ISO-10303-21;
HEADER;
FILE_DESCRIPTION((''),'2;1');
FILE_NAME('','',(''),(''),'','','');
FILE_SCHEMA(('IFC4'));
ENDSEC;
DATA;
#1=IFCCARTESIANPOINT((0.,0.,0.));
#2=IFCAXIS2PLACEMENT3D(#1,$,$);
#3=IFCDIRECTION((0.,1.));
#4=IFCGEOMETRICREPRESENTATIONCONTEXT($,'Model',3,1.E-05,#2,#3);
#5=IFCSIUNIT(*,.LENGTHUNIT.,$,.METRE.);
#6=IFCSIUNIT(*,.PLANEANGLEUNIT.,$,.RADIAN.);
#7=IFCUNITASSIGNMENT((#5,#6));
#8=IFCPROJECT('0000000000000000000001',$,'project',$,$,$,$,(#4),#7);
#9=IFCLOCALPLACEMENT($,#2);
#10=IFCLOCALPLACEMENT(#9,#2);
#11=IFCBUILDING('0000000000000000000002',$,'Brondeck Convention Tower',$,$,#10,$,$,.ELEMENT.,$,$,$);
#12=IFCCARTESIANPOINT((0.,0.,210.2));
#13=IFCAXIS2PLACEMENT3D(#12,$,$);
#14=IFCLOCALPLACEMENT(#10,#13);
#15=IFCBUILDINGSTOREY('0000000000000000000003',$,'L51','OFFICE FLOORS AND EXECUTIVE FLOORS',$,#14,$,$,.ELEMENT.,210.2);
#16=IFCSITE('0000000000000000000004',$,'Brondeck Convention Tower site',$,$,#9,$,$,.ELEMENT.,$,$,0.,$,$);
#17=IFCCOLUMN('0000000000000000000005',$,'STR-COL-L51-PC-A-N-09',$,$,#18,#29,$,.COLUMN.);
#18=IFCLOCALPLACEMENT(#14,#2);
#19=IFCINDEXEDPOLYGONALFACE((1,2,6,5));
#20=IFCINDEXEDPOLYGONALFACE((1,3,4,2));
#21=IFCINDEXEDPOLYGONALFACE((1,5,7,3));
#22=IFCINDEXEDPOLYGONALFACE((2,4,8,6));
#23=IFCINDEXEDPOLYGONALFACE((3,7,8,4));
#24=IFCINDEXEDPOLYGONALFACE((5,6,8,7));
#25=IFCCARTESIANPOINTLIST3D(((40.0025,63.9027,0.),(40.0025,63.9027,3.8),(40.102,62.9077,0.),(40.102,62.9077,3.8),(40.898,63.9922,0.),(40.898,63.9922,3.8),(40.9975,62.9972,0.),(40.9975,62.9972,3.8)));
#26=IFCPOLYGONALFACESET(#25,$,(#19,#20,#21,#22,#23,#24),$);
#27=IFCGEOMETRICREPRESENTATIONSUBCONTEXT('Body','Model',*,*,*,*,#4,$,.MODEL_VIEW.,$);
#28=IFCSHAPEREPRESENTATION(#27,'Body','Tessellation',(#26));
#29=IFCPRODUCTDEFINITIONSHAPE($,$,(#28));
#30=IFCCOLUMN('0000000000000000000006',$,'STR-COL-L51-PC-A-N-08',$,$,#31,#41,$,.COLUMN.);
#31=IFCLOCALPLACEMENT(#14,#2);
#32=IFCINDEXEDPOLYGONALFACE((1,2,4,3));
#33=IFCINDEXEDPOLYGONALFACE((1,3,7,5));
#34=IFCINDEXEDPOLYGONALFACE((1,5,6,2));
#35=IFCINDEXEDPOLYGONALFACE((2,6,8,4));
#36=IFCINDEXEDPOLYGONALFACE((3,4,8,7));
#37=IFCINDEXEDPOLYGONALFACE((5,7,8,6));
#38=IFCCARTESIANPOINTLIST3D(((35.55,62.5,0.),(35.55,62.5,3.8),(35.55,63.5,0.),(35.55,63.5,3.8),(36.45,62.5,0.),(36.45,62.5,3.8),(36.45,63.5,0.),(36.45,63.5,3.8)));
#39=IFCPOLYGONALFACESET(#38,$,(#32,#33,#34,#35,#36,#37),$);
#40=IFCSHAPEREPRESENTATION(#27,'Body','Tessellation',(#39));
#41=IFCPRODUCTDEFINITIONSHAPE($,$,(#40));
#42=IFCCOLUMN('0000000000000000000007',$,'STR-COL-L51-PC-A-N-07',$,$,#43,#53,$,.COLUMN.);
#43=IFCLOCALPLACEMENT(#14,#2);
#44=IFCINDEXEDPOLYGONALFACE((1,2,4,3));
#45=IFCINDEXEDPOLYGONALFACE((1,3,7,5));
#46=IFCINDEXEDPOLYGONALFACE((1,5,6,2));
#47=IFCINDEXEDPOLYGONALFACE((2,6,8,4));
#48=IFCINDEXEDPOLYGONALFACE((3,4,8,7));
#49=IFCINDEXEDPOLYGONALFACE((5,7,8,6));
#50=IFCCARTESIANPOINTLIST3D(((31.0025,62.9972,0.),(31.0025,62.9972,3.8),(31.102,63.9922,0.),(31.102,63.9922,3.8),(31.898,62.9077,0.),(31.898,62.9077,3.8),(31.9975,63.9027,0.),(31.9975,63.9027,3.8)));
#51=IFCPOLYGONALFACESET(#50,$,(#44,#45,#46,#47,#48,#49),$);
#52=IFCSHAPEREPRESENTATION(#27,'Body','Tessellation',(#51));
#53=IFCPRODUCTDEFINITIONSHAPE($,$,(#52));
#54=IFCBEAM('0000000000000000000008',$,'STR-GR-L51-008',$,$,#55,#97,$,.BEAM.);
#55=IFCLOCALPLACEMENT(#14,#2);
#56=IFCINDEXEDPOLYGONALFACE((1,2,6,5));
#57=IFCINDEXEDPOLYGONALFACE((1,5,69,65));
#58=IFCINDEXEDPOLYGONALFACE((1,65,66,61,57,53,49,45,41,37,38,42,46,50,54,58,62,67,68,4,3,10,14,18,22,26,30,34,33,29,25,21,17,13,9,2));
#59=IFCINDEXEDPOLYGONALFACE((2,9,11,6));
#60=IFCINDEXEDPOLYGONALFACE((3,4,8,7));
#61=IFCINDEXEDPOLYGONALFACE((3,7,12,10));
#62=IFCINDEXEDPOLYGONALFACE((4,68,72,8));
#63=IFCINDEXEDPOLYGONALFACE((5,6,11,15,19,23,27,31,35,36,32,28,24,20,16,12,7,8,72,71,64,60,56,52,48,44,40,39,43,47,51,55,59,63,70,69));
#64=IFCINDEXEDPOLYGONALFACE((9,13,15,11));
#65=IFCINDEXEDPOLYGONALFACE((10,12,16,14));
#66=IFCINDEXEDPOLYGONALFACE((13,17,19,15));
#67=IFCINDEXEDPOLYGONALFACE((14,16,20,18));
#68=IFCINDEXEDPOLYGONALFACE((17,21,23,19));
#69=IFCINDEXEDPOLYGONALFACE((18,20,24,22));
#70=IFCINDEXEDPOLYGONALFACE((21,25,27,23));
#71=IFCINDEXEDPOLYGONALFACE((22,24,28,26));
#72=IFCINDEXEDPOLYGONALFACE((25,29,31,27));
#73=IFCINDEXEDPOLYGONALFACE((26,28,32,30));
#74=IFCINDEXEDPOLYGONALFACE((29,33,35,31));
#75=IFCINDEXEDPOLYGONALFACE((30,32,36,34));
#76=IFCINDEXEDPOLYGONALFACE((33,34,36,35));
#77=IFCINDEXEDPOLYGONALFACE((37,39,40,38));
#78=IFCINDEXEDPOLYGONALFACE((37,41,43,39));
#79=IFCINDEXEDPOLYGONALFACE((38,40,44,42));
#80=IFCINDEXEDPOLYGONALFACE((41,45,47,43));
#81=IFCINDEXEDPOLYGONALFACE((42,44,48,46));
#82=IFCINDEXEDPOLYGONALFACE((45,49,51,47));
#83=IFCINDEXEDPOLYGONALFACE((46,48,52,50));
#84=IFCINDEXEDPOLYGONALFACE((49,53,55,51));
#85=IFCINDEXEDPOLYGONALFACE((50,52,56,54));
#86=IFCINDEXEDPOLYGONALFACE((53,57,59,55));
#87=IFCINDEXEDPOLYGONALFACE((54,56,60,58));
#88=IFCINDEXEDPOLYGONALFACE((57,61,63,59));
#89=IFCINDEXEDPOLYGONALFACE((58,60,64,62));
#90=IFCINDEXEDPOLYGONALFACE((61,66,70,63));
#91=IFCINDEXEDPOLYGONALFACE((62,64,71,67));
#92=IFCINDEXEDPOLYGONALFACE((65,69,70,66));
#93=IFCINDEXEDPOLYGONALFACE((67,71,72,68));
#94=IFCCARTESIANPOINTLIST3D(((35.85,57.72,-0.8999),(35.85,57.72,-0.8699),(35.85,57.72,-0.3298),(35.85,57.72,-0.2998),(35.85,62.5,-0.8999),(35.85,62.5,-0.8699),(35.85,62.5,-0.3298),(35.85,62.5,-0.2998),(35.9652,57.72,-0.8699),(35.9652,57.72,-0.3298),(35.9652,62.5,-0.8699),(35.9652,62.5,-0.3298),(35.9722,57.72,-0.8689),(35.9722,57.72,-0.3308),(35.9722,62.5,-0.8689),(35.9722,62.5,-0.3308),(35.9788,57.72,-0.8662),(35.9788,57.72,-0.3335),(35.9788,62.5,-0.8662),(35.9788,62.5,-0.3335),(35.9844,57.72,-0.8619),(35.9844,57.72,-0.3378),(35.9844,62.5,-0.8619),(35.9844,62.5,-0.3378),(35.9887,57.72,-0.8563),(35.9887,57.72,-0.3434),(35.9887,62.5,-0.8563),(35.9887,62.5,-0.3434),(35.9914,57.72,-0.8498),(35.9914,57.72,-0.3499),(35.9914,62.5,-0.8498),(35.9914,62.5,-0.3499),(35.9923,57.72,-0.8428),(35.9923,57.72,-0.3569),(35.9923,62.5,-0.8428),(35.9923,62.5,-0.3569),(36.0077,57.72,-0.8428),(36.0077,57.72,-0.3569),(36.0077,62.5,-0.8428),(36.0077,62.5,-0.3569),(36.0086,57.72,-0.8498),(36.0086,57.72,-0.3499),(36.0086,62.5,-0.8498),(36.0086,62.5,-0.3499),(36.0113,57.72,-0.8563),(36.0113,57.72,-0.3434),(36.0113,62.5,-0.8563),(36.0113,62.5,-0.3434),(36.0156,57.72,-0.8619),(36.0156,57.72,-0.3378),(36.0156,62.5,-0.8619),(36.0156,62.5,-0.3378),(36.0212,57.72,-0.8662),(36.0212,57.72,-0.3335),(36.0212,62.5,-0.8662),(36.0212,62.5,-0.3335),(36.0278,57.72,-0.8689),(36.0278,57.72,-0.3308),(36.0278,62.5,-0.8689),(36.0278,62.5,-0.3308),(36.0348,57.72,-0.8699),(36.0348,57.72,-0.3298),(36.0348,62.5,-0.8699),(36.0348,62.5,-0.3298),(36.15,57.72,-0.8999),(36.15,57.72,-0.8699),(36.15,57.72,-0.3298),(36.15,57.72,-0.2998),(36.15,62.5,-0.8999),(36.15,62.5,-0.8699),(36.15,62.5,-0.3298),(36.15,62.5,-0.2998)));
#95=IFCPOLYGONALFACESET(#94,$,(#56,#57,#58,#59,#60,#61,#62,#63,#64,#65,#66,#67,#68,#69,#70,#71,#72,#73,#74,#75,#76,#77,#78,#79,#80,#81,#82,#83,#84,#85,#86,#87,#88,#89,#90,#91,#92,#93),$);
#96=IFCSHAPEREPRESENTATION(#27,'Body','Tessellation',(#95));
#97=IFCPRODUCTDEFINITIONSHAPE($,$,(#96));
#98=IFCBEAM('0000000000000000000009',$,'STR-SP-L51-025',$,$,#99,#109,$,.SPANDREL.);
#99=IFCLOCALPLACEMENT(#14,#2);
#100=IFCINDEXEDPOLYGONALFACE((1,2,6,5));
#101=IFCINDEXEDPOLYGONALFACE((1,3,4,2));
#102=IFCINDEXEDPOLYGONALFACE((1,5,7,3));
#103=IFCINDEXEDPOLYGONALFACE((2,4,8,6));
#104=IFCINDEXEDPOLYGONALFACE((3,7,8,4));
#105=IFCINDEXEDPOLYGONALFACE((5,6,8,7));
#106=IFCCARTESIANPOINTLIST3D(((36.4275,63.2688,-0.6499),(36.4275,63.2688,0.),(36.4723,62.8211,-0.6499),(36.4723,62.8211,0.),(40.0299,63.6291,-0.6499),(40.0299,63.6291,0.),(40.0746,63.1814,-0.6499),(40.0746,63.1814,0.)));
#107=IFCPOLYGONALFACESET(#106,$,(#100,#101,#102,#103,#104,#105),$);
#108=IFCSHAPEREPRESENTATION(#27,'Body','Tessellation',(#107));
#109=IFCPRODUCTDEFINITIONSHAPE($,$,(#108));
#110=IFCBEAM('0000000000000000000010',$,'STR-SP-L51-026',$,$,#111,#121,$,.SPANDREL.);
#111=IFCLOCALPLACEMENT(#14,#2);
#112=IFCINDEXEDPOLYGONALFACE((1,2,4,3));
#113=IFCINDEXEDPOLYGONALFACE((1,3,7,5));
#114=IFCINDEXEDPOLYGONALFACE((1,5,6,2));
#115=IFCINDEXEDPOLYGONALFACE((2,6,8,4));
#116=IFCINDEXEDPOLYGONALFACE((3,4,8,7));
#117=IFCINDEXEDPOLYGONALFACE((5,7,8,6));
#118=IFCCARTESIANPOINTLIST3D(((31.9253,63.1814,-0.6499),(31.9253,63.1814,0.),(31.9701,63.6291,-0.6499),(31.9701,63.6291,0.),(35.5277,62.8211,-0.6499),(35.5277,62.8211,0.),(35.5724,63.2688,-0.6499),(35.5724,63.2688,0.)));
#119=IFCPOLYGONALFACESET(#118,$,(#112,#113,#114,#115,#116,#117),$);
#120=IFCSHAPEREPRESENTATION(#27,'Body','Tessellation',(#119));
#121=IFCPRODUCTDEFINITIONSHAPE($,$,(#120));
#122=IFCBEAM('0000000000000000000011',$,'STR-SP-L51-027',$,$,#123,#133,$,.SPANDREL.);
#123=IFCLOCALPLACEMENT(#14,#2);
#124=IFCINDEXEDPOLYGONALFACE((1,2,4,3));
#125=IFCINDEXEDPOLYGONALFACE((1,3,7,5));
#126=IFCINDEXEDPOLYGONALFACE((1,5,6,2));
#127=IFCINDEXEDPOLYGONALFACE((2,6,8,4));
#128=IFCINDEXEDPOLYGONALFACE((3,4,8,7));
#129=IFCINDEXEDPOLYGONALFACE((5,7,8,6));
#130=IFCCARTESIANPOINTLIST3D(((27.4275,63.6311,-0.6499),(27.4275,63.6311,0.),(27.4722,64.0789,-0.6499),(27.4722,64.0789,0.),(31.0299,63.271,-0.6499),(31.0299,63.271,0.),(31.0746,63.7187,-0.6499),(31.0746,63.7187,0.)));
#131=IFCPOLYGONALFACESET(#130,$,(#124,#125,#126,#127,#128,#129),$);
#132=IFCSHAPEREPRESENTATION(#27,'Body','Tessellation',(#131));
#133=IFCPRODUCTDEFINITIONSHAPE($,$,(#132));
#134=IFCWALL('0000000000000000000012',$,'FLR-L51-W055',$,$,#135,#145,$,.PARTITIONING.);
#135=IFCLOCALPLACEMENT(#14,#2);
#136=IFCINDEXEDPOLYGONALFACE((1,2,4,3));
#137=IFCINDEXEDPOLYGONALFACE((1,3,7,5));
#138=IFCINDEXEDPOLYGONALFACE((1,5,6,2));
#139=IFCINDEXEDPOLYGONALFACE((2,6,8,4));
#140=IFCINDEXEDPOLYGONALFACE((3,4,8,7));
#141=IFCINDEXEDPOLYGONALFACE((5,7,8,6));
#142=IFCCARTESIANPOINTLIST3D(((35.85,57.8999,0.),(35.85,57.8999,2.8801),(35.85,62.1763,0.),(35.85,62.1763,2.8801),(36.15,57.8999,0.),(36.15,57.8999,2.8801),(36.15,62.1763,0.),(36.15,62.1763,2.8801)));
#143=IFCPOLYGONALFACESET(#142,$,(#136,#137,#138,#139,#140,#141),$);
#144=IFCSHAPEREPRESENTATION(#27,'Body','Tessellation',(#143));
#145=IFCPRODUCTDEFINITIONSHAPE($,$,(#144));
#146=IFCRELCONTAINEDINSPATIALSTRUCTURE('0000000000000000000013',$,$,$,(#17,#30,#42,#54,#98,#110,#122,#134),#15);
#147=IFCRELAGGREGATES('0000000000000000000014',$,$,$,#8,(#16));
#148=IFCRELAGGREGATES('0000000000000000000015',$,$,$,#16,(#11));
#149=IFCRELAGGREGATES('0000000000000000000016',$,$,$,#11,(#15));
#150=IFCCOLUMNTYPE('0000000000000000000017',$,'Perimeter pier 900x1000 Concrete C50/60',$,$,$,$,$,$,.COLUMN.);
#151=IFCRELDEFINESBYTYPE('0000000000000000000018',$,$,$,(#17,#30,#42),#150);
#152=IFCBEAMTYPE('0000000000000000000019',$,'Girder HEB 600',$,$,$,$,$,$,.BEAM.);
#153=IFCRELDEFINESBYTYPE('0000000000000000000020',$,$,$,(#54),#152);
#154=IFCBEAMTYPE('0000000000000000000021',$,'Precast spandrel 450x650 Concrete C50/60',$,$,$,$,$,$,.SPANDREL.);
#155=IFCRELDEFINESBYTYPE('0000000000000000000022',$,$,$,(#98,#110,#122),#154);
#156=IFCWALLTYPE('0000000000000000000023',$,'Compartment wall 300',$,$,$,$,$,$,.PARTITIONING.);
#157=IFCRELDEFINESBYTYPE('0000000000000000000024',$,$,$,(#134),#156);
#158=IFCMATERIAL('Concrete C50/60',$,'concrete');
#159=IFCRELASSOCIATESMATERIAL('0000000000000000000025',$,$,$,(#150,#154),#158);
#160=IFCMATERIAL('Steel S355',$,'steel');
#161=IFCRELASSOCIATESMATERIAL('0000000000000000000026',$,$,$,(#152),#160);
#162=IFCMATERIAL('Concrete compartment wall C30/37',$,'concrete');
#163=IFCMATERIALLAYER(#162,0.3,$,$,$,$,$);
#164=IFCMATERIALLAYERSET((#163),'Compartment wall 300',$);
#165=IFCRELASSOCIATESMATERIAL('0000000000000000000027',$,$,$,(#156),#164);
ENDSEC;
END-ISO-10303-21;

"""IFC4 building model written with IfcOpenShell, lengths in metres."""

from ifc_helpers import new_model, si_unit, direction, frame, frame_2d, origin, origin_2d, place, context, subcontext, project, spatial, rectangle, i_section, extrude, material, layer, layer_set, material_profile, profile_set, type_object, element, save


model = new_model("IFC4")

# Units and contexts
model_context = context("Model", 3, precision=1e-05, world=origin(), true_north=direction((0.0, 1.0)))
body_context = subcontext(model_context, "Body", "Model", "MODEL_VIEW")
ifc_project = project(units=[si_unit("LENGTHUNIT", "METRE"), si_unit("PLANEANGLEUNIT", "RADIAN")], contexts=[model_context])

# Site, building, storey
site_placement = place(None, origin())
site = spatial("IfcSite", under=ifc_project, at=site_placement, Name="Brondeck Convention Tower site", CompositionType="ELEMENT", RefElevation=0.0)
building_placement = place(site_placement, origin())
building = spatial("IfcBuilding", under=site, at=building_placement, Name="Brondeck Convention Tower", CompositionType="ELEMENT")
storey_placement = place(building_placement, frame((0.0, 0.0, 210.2)))
storey = spatial("IfcBuildingStorey", under=building, at=storey_placement, Name="L51", Description="OFFICE FLOORS AND EXECUTIVE FLOORS", CompositionType="ELEMENT", Elevation=210.2)

# Columns
ifc_material_1 = material(Name="Concrete C50/60", Category="concrete")
ifc_material_profile_1 = material_profile(ifc_material_1, rectangle(XDim=0.8999, YDim=1.0, at=origin_2d()), Name="Perimeter pier 900x1000 Concrete C50/60")
ifc_profile_set_1 = profile_set([ifc_material_profile_1], Name="Concrete C50/60")
column_type = type_object("IfcColumnType", Name="Perimeter pier 900x1000 Concrete C50/60", PredefinedType="COLUMN", material=ifc_profile_set_1)
for number, where, z_axis, x_axis, name in (
    (1, (40.5, 63.45, 0.0), (0.0, 0.0, 1.0), (-0.995037, -0.099504, 0.0), "STR-COL-L51-PC-A-N-09"),
    (2, (36.0, 63.0, 0.0), (0.0, 0.0, 1.0), (-1.0, 0.0, 0.0), "STR-COL-L51-PC-A-N-08"),
    (3, (31.5, 63.45, 0.0), (0.0, 0.0, 1.0), (-0.995037, 0.099504, 0.0), "STR-COL-L51-PC-A-N-07"),
):
    element("IfcColumn", number, at=place(storey_placement, frame(where, z_axis=z_axis, x_axis=x_axis)), inside=storey, type_object=column_type, Name=name, PredefinedType="COLUMN", context=body_context, shape_type="SweptSolid", body=[
        extrude(rectangle(XDim=0.8999, YDim=1.0, at=origin_2d()), origin(), (0.0, 0.0, 1.0), 3.8),
    ])

# Beams
ifc_material_2 = material(Name="Steel S355", Category="steel")
ifc_material_profile_2 = material_profile(ifc_material_2, i_section(OverallWidth=0.3, OverallDepth=0.6001, WebThickness=0.0154, FlangeThickness=0.03, FilletRadius=0.0271, at=origin_2d()), Name="HEB 600")
ifc_profile_set_2 = profile_set([ifc_material_profile_2], Name="Steel S355")
beam_type_1 = type_object("IfcBeamType", Name="Girder HEB 600", PredefinedType="BEAM", material=ifc_profile_set_2)
beam_placement = place(storey_placement, frame((36.0, 57.72, -0.5999), z_axis=(0.0, 1.0, 0.0), x_axis=(-1.0, 0.0, 0.0)))
element("IfcBeam", 4, at=beam_placement, inside=storey, type_object=beam_type_1, Name="STR-GR-L51-008", PredefinedType="BEAM", context=body_context, shape_type="SweptSolid", body=[
    extrude(i_section(OverallWidth=0.3, OverallDepth=0.6001, WebThickness=0.0154, FlangeThickness=0.03, FilletRadius=0.0271, at=origin_2d()), origin(), (0.0, 0.0, 1.0), 4.78),
])
ifc_material_profile_3 = material_profile(ifc_material_1, rectangle(XDim=0.45, YDim=0.6499, at=origin_2d()), Name="Precast spandrel 450x650 Concrete C50/60")
ifc_profile_set_3 = profile_set([ifc_material_profile_3], Name="Concrete C50/60")
beam_type_2 = type_object("IfcBeamType", Name="Precast spandrel 450x650 Concrete C50/60", PredefinedType="SPANDREL", material=ifc_profile_set_3)
for number, where, z_axis, x_axis, name in (
    (5, (40.0522, 63.4053, -0.325), (-0.995034, -0.099537, 0.0), (0.099537, -0.995034, 0.0), "STR-SP-L51-025"),
    (6, (35.55, 63.0449, -0.325), (-0.995034, 0.099537, 0.0), (-0.099537, -0.995034, 0.0), "STR-SP-L51-026"),
    (7, (31.0522, 63.4949, -0.325), (-0.995041, 0.09947, 0.0), (-0.09947, -0.995041, 0.0), "STR-SP-L51-027"),
):
    element("IfcBeam", number, at=place(storey_placement, frame(where, z_axis=z_axis, x_axis=x_axis)), inside=storey, type_object=beam_type_2, Name=name, PredefinedType="SPANDREL", context=body_context, shape_type="SweptSolid", body=[
        extrude(rectangle(XDim=0.45, YDim=0.6499, at=origin_2d()), origin(), (0.0, 0.0, 1.0), 3.6204),
    ])

# Wall
ifc_material_3 = material(Name="Concrete compartment wall C30/37", Category="concrete")
ifc_layer_1 = layer(ifc_material_3, 0.3)
ifc_layer_set_1 = layer_set([ifc_layer_1], Name="Compartment wall 300")
wall_type_1 = type_object("IfcWallType", Name="Compartment wall 300", PredefinedType="PARTITIONING", material=ifc_layer_set_1)
wall_1_placement = place(storey_placement, frame((36.0, 57.8999, 0.0), z_axis=(0.0, 0.0, 1.0), x_axis=(0.0, 1.0, 0.0)))
element("IfcWall", 8, at=wall_1_placement, inside=storey, type_object=wall_type_1, Name="FLR-L51-W055", PredefinedType="PARTITIONING", context=body_context, shape_type="SweptSolid", body=[
    extrude(rectangle(XDim=4.2764, YDim=0.3, at=frame_2d((2.1382, 0.0))), origin(), (0.0, 0.0, 1.0), 2.8801),
])

save(model, "model.ifc")
